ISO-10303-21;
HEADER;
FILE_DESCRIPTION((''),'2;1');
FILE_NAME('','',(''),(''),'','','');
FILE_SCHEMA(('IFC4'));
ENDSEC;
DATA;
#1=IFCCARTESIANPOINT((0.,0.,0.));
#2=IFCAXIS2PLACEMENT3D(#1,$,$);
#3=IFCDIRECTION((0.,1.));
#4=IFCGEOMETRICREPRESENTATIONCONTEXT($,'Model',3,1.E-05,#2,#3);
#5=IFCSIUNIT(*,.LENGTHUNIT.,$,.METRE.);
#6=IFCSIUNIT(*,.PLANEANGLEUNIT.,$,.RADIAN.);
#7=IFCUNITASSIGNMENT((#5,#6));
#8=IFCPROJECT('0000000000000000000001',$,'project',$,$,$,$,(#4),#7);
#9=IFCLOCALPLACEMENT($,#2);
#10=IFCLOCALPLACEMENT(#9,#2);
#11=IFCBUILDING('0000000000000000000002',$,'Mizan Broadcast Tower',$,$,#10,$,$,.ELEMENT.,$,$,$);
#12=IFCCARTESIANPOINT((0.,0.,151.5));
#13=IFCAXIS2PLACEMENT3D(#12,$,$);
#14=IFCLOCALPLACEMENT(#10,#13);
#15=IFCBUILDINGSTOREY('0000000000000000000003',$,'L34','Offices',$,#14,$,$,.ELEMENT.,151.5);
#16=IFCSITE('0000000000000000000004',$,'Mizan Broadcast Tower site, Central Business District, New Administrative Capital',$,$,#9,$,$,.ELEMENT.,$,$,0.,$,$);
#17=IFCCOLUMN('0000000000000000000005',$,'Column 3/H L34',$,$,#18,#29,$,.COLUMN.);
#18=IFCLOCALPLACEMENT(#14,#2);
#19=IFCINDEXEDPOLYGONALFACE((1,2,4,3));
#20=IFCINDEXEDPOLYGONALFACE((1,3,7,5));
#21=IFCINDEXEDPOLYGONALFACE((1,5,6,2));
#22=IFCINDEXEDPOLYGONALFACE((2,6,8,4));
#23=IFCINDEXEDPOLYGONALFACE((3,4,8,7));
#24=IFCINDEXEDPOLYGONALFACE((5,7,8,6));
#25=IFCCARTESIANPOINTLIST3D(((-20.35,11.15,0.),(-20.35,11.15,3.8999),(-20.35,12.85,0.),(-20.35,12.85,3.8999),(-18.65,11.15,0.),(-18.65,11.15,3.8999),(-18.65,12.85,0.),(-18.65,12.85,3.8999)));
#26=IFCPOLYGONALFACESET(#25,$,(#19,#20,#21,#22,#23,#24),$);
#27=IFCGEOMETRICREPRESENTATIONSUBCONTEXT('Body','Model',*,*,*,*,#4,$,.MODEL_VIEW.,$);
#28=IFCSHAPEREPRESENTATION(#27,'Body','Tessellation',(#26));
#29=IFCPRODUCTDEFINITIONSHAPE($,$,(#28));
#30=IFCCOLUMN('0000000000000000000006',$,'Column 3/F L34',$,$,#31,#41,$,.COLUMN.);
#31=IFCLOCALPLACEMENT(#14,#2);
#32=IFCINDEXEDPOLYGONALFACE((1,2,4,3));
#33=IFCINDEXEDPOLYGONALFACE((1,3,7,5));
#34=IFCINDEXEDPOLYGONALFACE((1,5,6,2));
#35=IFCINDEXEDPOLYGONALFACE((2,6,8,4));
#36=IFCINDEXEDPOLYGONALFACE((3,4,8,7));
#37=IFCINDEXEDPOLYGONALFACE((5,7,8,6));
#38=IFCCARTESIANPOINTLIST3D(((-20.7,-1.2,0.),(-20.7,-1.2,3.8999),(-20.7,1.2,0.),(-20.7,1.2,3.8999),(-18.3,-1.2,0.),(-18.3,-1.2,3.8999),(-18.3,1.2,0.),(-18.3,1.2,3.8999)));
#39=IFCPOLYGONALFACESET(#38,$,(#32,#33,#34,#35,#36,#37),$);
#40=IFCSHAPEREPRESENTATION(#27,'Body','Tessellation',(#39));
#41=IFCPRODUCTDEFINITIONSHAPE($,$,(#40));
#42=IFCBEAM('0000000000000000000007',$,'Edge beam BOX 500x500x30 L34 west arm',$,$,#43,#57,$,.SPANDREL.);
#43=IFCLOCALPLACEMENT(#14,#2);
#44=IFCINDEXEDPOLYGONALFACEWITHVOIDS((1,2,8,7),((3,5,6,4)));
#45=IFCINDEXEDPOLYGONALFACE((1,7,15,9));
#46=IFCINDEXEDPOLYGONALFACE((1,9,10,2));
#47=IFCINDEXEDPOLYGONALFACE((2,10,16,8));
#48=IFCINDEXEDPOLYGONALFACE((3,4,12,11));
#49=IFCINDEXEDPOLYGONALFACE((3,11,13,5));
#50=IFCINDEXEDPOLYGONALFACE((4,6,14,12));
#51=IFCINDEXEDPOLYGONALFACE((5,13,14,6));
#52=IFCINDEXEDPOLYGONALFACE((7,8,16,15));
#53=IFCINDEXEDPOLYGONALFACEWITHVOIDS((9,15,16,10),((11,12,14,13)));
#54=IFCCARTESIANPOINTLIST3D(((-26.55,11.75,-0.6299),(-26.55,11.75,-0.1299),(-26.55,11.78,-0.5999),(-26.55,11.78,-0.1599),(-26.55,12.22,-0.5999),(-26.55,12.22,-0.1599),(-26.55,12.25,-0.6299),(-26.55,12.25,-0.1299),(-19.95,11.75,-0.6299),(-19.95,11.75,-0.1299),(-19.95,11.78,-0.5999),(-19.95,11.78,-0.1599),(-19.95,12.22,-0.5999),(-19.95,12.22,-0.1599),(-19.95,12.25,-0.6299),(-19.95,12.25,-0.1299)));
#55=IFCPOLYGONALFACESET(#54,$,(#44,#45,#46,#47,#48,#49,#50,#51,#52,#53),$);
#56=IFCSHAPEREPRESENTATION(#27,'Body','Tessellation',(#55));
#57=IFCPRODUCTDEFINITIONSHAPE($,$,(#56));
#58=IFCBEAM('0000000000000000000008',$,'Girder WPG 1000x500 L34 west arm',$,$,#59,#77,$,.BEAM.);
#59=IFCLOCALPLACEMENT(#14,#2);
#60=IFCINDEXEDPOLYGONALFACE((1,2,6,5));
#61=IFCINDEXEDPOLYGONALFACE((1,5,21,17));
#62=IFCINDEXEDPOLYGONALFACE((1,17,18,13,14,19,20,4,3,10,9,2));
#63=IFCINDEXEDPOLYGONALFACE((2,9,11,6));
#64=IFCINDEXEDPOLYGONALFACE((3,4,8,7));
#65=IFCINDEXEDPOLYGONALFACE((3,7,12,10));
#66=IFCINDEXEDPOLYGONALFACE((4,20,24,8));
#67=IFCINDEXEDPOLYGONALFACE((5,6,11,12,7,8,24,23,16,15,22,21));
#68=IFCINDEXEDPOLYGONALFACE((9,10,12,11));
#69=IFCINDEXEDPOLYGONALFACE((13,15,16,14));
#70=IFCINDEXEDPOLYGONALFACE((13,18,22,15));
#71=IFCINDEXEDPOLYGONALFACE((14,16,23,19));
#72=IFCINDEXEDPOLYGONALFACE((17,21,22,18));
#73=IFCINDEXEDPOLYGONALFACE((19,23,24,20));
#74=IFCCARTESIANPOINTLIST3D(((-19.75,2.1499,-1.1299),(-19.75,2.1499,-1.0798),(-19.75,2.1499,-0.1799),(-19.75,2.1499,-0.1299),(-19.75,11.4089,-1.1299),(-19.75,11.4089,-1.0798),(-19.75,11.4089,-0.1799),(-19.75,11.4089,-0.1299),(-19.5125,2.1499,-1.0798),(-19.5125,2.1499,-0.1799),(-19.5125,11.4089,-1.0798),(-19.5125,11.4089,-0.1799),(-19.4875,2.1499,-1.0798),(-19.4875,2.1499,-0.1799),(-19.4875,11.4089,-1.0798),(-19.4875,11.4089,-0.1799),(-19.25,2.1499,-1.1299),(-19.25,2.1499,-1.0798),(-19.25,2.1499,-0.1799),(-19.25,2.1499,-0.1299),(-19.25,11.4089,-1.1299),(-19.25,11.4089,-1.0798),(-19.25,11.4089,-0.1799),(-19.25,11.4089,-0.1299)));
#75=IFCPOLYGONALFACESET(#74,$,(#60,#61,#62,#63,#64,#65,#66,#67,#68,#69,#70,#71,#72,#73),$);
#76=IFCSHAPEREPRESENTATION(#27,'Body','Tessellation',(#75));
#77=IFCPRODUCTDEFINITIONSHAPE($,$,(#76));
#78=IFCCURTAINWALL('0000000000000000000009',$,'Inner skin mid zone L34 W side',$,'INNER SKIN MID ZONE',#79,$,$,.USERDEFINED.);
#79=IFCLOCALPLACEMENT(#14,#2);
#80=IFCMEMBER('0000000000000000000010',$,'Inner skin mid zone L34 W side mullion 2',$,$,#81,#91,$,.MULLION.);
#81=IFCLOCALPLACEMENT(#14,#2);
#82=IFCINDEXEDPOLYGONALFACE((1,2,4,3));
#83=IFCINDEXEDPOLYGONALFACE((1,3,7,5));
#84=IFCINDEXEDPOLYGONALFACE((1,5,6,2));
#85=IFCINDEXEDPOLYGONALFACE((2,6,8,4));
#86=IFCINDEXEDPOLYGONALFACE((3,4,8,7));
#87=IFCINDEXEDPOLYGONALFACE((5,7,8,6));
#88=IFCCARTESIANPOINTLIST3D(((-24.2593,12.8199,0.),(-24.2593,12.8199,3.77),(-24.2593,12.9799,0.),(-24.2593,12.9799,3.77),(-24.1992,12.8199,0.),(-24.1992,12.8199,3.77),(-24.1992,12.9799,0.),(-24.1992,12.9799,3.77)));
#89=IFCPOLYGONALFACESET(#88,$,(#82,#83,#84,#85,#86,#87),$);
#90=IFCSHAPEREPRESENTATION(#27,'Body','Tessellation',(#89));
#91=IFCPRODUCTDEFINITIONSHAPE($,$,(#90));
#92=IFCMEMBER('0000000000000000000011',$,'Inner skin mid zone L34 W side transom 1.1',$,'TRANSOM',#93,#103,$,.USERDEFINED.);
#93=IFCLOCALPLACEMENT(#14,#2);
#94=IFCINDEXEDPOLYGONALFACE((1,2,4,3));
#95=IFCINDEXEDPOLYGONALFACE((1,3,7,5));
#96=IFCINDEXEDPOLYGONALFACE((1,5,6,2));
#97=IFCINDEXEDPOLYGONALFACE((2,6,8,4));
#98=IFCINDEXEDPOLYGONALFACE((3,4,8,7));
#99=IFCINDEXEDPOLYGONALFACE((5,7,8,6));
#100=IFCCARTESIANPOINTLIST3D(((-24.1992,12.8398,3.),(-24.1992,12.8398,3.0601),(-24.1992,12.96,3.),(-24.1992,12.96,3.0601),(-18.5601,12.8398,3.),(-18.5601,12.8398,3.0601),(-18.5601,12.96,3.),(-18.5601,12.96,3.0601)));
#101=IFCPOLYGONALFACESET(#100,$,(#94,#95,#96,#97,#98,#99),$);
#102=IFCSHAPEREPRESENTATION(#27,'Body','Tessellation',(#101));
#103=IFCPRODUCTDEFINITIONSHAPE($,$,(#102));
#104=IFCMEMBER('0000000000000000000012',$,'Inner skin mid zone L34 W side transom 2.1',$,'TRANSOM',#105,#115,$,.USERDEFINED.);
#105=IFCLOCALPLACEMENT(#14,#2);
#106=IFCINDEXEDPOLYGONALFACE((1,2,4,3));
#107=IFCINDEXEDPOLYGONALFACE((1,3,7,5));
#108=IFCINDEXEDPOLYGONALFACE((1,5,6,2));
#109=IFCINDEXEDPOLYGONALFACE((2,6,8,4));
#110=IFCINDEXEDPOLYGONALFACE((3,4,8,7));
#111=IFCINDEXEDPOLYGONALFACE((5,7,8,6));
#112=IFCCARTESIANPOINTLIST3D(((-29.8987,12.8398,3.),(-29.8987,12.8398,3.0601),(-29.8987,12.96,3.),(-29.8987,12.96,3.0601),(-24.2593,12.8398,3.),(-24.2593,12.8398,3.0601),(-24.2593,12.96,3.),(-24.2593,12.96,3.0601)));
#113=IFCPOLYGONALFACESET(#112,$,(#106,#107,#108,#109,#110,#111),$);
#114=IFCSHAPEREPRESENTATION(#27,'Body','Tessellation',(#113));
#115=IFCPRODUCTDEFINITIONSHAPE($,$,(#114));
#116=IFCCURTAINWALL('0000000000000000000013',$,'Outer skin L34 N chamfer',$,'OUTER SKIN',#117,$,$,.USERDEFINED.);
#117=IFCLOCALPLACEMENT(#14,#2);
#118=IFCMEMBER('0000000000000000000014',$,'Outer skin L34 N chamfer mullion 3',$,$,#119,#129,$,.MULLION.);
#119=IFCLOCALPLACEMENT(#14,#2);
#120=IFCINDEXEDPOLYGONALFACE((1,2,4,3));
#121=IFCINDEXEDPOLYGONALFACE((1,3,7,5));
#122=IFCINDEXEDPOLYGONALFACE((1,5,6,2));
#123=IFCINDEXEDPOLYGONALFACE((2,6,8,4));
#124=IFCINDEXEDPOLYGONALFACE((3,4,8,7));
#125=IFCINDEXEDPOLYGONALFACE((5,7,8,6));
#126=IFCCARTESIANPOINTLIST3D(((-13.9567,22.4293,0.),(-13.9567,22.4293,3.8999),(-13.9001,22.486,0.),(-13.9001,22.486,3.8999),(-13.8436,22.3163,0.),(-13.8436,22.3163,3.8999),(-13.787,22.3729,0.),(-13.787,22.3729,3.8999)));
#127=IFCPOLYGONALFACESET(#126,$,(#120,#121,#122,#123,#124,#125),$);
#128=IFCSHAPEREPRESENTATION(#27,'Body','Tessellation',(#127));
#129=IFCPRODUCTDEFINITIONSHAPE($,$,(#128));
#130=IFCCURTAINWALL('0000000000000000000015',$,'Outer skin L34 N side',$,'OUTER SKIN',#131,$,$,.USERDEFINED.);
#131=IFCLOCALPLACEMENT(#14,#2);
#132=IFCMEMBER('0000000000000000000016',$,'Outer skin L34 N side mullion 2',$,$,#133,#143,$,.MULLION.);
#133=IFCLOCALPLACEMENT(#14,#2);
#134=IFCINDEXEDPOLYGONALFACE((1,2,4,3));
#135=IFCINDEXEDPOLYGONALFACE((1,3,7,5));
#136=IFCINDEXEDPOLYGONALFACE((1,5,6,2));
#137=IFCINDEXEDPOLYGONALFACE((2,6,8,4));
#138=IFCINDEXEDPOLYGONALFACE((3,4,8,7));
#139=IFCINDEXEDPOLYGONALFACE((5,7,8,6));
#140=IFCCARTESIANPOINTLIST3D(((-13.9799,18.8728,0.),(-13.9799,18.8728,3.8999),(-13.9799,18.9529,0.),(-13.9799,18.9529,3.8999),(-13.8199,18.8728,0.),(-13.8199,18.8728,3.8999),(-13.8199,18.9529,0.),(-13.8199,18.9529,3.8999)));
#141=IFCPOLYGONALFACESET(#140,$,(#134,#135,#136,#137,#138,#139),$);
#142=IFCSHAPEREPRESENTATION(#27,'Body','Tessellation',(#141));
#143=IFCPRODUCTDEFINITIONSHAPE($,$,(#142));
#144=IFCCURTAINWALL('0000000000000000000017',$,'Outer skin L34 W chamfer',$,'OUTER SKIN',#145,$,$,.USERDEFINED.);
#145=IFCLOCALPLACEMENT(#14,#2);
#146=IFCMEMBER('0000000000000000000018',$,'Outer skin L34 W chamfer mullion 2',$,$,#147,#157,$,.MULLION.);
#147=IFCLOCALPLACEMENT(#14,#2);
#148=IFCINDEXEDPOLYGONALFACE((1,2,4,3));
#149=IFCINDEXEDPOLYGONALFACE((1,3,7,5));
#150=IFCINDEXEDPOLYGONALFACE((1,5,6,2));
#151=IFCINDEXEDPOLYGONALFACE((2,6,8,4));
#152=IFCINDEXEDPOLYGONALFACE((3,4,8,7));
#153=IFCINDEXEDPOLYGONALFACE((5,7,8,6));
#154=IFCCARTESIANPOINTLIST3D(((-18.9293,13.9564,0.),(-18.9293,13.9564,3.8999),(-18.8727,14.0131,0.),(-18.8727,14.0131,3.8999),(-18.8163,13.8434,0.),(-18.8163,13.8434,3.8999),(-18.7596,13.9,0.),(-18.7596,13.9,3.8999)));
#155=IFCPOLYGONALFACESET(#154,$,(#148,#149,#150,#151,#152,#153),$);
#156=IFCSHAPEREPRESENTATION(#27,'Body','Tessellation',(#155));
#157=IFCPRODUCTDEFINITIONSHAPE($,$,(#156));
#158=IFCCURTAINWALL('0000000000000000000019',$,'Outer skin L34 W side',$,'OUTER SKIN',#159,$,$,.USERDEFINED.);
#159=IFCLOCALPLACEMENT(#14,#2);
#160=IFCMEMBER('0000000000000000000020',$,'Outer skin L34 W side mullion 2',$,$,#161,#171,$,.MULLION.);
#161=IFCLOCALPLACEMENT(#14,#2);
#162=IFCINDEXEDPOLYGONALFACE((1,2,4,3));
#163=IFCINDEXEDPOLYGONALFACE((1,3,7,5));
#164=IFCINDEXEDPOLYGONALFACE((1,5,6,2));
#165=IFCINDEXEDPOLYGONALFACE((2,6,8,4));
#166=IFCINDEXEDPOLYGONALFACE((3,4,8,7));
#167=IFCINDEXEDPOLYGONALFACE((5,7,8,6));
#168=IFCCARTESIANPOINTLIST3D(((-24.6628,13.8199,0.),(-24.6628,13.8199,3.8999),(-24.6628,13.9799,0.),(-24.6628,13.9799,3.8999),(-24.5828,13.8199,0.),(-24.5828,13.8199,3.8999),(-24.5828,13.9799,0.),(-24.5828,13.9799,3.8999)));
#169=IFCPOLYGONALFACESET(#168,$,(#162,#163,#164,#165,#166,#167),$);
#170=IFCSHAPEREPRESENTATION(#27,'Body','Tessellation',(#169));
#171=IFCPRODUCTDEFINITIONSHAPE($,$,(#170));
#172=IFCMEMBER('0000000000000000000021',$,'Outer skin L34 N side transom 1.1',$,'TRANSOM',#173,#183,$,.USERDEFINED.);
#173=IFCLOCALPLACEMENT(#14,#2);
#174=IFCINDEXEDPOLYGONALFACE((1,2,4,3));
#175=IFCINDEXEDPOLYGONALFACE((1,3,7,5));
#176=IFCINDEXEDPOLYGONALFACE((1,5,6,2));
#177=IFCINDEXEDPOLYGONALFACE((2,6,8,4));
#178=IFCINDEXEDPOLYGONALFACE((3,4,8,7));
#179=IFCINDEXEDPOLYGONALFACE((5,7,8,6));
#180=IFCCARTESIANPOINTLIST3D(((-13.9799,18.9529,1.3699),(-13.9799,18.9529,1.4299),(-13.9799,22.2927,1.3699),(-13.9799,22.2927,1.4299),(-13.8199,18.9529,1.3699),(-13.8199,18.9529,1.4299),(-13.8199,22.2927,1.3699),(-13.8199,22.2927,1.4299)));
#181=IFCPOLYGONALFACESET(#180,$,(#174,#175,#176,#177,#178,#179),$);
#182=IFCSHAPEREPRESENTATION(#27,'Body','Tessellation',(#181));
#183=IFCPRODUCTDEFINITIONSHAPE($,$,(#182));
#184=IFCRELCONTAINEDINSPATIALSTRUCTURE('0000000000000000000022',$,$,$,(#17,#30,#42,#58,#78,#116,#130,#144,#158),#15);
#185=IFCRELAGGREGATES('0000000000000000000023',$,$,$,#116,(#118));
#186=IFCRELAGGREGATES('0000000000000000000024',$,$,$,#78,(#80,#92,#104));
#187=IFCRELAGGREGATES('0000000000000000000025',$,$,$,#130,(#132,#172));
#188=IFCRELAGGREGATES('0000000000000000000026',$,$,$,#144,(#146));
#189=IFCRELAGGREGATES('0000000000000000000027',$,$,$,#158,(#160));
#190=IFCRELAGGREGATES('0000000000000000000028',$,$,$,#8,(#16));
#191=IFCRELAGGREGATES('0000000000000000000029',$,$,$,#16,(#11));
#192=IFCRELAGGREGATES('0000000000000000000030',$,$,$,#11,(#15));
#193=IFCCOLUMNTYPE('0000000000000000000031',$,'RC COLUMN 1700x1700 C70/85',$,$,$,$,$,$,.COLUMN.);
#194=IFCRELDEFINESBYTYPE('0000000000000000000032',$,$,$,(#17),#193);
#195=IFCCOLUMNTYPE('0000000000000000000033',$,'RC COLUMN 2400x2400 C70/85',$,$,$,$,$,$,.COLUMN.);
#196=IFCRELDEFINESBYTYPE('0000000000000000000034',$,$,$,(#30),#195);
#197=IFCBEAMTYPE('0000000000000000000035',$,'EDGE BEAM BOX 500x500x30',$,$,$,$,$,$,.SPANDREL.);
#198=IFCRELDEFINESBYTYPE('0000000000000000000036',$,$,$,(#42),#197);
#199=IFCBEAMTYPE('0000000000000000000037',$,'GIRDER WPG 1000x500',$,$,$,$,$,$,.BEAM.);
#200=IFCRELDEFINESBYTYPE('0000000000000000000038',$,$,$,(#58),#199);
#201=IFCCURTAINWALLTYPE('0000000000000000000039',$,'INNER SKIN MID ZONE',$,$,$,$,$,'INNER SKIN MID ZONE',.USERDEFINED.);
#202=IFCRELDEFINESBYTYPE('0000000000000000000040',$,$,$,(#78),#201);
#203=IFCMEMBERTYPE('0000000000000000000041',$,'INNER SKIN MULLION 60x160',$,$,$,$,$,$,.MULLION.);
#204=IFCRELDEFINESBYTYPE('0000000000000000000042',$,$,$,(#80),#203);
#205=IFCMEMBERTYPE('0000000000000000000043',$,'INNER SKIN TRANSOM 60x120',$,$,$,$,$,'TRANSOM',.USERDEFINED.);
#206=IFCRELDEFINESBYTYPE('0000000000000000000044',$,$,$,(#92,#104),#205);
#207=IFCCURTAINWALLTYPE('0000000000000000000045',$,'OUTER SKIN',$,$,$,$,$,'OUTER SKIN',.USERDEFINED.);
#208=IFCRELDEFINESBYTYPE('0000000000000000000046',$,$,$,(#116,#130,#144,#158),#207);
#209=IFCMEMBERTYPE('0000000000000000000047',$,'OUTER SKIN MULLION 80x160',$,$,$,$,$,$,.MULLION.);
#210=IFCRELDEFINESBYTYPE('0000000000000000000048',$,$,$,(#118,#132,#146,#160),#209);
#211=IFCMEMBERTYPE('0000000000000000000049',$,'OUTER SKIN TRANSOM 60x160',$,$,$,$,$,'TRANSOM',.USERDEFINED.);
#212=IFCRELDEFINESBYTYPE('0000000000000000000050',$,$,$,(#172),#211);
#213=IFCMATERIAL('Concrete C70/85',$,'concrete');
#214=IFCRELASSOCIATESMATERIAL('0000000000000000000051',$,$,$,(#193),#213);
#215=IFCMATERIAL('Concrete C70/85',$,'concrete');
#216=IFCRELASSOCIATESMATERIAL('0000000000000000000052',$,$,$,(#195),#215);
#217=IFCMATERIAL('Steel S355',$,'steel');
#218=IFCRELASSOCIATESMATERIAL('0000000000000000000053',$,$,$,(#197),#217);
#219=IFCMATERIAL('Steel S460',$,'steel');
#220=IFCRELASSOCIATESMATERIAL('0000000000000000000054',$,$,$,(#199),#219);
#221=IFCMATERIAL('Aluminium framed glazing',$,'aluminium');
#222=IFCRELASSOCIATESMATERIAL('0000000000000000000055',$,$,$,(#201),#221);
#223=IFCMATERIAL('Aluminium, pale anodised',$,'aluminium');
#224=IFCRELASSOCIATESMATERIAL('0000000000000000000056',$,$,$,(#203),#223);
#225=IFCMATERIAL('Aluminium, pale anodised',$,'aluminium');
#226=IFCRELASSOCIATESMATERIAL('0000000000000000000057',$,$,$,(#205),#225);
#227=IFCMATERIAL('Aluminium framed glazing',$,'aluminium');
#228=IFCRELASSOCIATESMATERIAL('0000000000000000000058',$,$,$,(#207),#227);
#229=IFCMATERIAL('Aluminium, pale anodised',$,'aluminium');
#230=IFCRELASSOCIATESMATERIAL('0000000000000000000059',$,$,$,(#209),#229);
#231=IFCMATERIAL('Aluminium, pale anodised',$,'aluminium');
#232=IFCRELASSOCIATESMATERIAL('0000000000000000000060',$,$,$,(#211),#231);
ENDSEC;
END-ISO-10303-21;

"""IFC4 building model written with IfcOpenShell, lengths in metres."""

from ifc_helpers import new_model, si_unit, direction, frame, origin, origin_2d, place, context, subcontext, project, spatial, rectangle, hollow_rectangle, i_section, extrude, material, material_profile, profile_set, type_object, element, aggregate, save


model = new_model("IFC4")

# Units and contexts
model_context = context("Model", 3, precision=1e-05, world=origin(), true_north=direction((0.0, 1.0)))
body_context = subcontext(model_context, "Body", "Model", "MODEL_VIEW")
ifc_project = project(units=[si_unit("LENGTHUNIT", "METRE"), si_unit("PLANEANGLEUNIT", "RADIAN")], contexts=[model_context])

# Site, building, storey
site_placement = place(None, origin())
site = spatial("IfcSite", under=ifc_project, at=site_placement, Name="Mizan Broadcast Tower site, Central Business District, New Administrative Capital", CompositionType="ELEMENT", RefElevation=0.0)
building_placement = place(site_placement, origin())
building = spatial("IfcBuilding", under=site, at=building_placement, Name="Mizan Broadcast Tower", CompositionType="ELEMENT")
storey_placement = place(building_placement, frame((0.0, 0.0, 151.5)))
storey = spatial("IfcBuildingStorey", under=building, at=storey_placement, Name="L34", Description="Offices", CompositionType="ELEMENT", Elevation=151.5)

# Columns
ifc_material_1 = material(Name="Concrete C70/85", Category="concrete")
ifc_material_profile_1 = material_profile(ifc_material_1, rectangle(XDim=1.7, YDim=1.7, at=origin_2d()), Name="RC 1700x1700")
ifc_profile_set_1 = profile_set([ifc_material_profile_1], Name="Concrete C70/85")
column_type_1 = type_object("IfcColumnType", Name="RC COLUMN 1700x1700 C70/85", PredefinedType="COLUMN", material=ifc_profile_set_1)
column_1_placement = place(storey_placement, frame((-19.5, 12.0, 0.0), z_axis=(0.0, 0.0, 1.0), x_axis=(1.0, 0.0, 0.0)))
element("IfcColumn", 1, at=column_1_placement, inside=storey, type_object=column_type_1, Name="Column 3/H L34", PredefinedType="COLUMN", context=body_context, shape_type="SweptSolid", body=[
    extrude(rectangle(XDim=1.7, YDim=1.7, at=origin_2d()), origin(), (0.0, 0.0, 1.0), 3.8999),
])
ifc_material_2 = material(Name="Concrete C70/85", Category="concrete")
ifc_material_profile_2 = material_profile(ifc_material_2, rectangle(XDim=2.3999, YDim=2.3999, at=origin_2d()), Name="RC 2400x2400")
ifc_profile_set_2 = profile_set([ifc_material_profile_2], Name="Concrete C70/85")
column_type_2 = type_object("IfcColumnType", Name="RC COLUMN 2400x2400 C70/85", PredefinedType="COLUMN", material=ifc_profile_set_2)
column_2_placement = place(storey_placement, frame((-19.5, 0.0, 0.0), z_axis=(0.0, 0.0, 1.0), x_axis=(1.0, 0.0, 0.0)))
element("IfcColumn", 2, at=column_2_placement, inside=storey, type_object=column_type_2, Name="Column 3/F L34", PredefinedType="COLUMN", context=body_context, shape_type="SweptSolid", body=[
    extrude(rectangle(XDim=2.3999, YDim=2.3999, at=origin_2d()), origin(), (0.0, 0.0, 1.0), 3.8999),
])

# Beams
ifc_material_3 = material(Name="Steel S355", Category="steel")
ifc_material_profile_3 = material_profile(ifc_material_3, hollow_rectangle(XDim=0.5, YDim=0.5, WallThickness=0.03, at=origin_2d()), Name="BOX 500x500x30")
ifc_profile_set_3 = profile_set([ifc_material_profile_3], Name="Steel S355")
beam_type_1 = type_object("IfcBeamType", Name="EDGE BEAM BOX 500x500x30", PredefinedType="SPANDREL", material=ifc_profile_set_3)
beam_1_placement = place(storey_placement, frame((-19.95, 12.0, -0.3799), z_axis=(-1.0, 0.0, 0.0), x_axis=(0.0, -1.0, 0.0)))
element("IfcBeam", 3, at=beam_1_placement, inside=storey, type_object=beam_type_1, Name="Edge beam BOX 500x500x30 L34 west arm", PredefinedType="SPANDREL", context=body_context, shape_type="SweptSolid", body=[
    extrude(hollow_rectangle(XDim=0.5, YDim=0.5, WallThickness=0.03, at=origin_2d()), origin(), (0.0, 0.0, 1.0), 6.6001),
])
ifc_material_4 = material(Name="Steel S460", Category="steel")
ifc_material_profile_4 = material_profile(ifc_material_4, i_section(OverallWidth=0.5, OverallDepth=1.0, WebThickness=0.0249, FlangeThickness=0.05, at=origin_2d()), Name="WPG 1000x500")
ifc_profile_set_4 = profile_set([ifc_material_profile_4], Name="Steel S460")
beam_type_2 = type_object("IfcBeamType", Name="GIRDER WPG 1000x500", PredefinedType="BEAM", material=ifc_profile_set_4)
beam_2_placement = place(storey_placement, frame((-19.5, 11.4089, -0.6299), z_axis=(0.0, -1.0, 0.0), x_axis=(1.0, 0.0, 0.0)))
element("IfcBeam", 4, at=beam_2_placement, inside=storey, type_object=beam_type_2, Name="Girder WPG 1000x500 L34 west arm", PredefinedType="BEAM", context=body_context, shape_type="SweptSolid", body=[
    extrude(i_section(OverallWidth=0.5, OverallDepth=1.0, WebThickness=0.0249, FlangeThickness=0.05, at=origin_2d()), origin(), (0.0, 0.0, 1.0), 9.259),
])

# Curtain wall, members
ifc_material_5 = material(Name="Aluminium framed glazing", Category="aluminium")
curtain_wall_type_1 = type_object("IfcCurtainWallType", Name="INNER SKIN MID ZONE", ElementType="INNER SKIN MID ZONE", PredefinedType="USERDEFINED", material=ifc_material_5)
curtain_wall_1_placement = place(storey_placement, origin())
curtain_wall_1 = element("IfcCurtainWall", 5, at=curtain_wall_1_placement, inside=storey, type_object=curtain_wall_type_1, Name="Inner skin mid zone L34 W side", ObjectType="INNER SKIN MID ZONE", PredefinedType="USERDEFINED")
ifc_material_6 = material(Name="Aluminium, pale anodised", Category="aluminium")
ifc_material_profile_5 = material_profile(ifc_material_6, rectangle(XDim=0.1599, YDim=0.0601, at=origin_2d()), Name="MULLION 160x60")
ifc_profile_set_5 = profile_set([ifc_material_profile_5], Name="Aluminium, pale anodised")
member_type_1 = type_object("IfcMemberType", Name="INNER SKIN MULLION 60x160", PredefinedType="MULLION", material=ifc_profile_set_5)
member_1_placement = place(storey_placement, frame((-24.2292, 12.8999, 0.0), z_axis=(0.0, 0.0, 1.0), x_axis=(0.0, -1.0, 0.0)))
member_1 = element("IfcMember", 6, at=member_1_placement, type_object=member_type_1, Name="Inner skin mid zone L34 W side mullion 2", PredefinedType="MULLION", context=body_context, shape_type="SweptSolid", body=[
    extrude(rectangle(XDim=0.1599, YDim=0.0601, at=origin_2d()), origin(), (0.0, 0.0, 1.0), 3.77),
])
ifc_material_7 = material(Name="Aluminium, pale anodised", Category="aluminium")
ifc_material_profile_6 = material_profile(ifc_material_7, rectangle(XDim=0.1201, YDim=0.0601, at=origin_2d()), Name="TRANSOM 120x60")
ifc_profile_set_6 = profile_set([ifc_material_profile_6], Name="Aluminium, pale anodised")
member_type_2 = type_object("IfcMemberType", Name="INNER SKIN TRANSOM 60x120", ElementType="TRANSOM", PredefinedType="USERDEFINED", material=ifc_profile_set_6)
member_2_placement = place(storey_placement, frame((-18.5601, 12.8999, 3.03), z_axis=(-1.0, 0.0, 0.0), x_axis=(0.0, -1.0, 0.0)))
member_2 = element("IfcMember", 7, at=member_2_placement, type_object=member_type_2, Name="Inner skin mid zone L34 W side transom 1.1", ObjectType="TRANSOM", PredefinedType="USERDEFINED", context=body_context, shape_type="SweptSolid", body=[
    extrude(rectangle(XDim=0.1201, YDim=0.0601, at=origin_2d()), origin(), (0.0, 0.0, 1.0), 5.6392),
])
member_3_placement = place(storey_placement, frame((-24.2593, 12.8999, 3.03), z_axis=(-1.0, 0.0, 0.0), x_axis=(0.0, -1.0, 0.0)))
member_3 = element("IfcMember", 8, at=member_3_placement, type_object=member_type_2, Name="Inner skin mid zone L34 W side transom 2.1", ObjectType="TRANSOM", PredefinedType="USERDEFINED", context=body_context, shape_type="SweptSolid", body=[
    extrude(rectangle(XDim=0.1201, YDim=0.0601, at=origin_2d()), origin(), (0.0, 0.0, 1.0), 5.6394),
])

# Curtain walls, members
ifc_material_8 = material(Name="Aluminium framed glazing", Category="aluminium")
curtain_wall_type_2 = type_object("IfcCurtainWallType", Name="OUTER SKIN", ElementType="OUTER SKIN", PredefinedType="USERDEFINED", material=ifc_material_8)
curtain_wall_2_placement = place(storey_placement, origin())
curtain_wall_2 = element("IfcCurtainWall", 9, at=curtain_wall_2_placement, inside=storey, type_object=curtain_wall_type_2, Name="Outer skin L34 N chamfer", ObjectType="OUTER SKIN", PredefinedType="USERDEFINED")
ifc_material_9 = material(Name="Aluminium, pale anodised", Category="aluminium")
ifc_material_profile_7 = material_profile(ifc_material_9, rectangle(XDim=0.1599, YDim=0.0801, at=origin_2d()), Name="MULLION 160x80")
ifc_profile_set_7 = profile_set([ifc_material_profile_7], Name="Aluminium, pale anodised")
member_type_3 = type_object("IfcMemberType", Name="OUTER SKIN MULLION 80x160", PredefinedType="MULLION", material=ifc_profile_set_7)
member_4_placement = place(storey_placement, frame((-13.8718, 22.4011, 0.0), z_axis=(0.0, 0.0, 1.0), x_axis=(0.707107, -0.707107, 0.0)))
member_4 = element("IfcMember", 10, at=member_4_placement, type_object=member_type_3, Name="Outer skin L34 N chamfer mullion 3", PredefinedType="MULLION", context=body_context, shape_type="SweptSolid", body=[
    extrude(rectangle(XDim=0.1599, YDim=0.0801, at=origin_2d()), origin(), (0.0, 0.0, 1.0), 3.8999),
])
aggregate(curtain_wall_2, [member_4])
curtain_wall_3_placement = place(storey_placement, origin())
curtain_wall_3 = element("IfcCurtainWall", 11, at=curtain_wall_3_placement, inside=storey, type_object=curtain_wall_type_2, Name="Outer skin L34 N side", ObjectType="OUTER SKIN", PredefinedType="USERDEFINED")
member_5_placement = place(storey_placement, frame((-13.8999, 18.9128, 0.0), z_axis=(0.0, 0.0, 1.0), x_axis=(1.0, 0.0, 0.0)))
member_5 = element("IfcMember", 12, at=member_5_placement, type_object=member_type_3, Name="Outer skin L34 N side mullion 2", PredefinedType="MULLION", context=body_context, shape_type="SweptSolid", body=[
    extrude(rectangle(XDim=0.1599, YDim=0.0801, at=origin_2d()), origin(), (0.0, 0.0, 1.0), 3.8999),
])
curtain_wall_4_placement = place(storey_placement, origin())
curtain_wall_4 = element("IfcCurtainWall", 13, at=curtain_wall_4_placement, inside=storey, type_object=curtain_wall_type_2, Name="Outer skin L34 W chamfer", ObjectType="OUTER SKIN", PredefinedType="USERDEFINED")
member_6_placement = place(storey_placement, frame((-18.8445, 13.9282, 0.0), z_axis=(0.0, 0.0, 1.0), x_axis=(0.707107, -0.707107, 0.0)))
member_6 = element("IfcMember", 14, at=member_6_placement, type_object=member_type_3, Name="Outer skin L34 W chamfer mullion 2", PredefinedType="MULLION", context=body_context, shape_type="SweptSolid", body=[
    extrude(rectangle(XDim=0.1599, YDim=0.0801, at=origin_2d()), origin(), (0.0, 0.0, 1.0), 3.8999),
])
curtain_wall_5_placement = place(storey_placement, origin())
curtain_wall_5 = element("IfcCurtainWall", 15, at=curtain_wall_5_placement, inside=storey, type_object=curtain_wall_type_2, Name="Outer skin L34 W side", ObjectType="OUTER SKIN", PredefinedType="USERDEFINED")
member_7_placement = place(storey_placement, frame((-24.6228, 13.8999, 0.0), z_axis=(0.0, 0.0, 1.0), x_axis=(0.0, -1.0, 0.0)))
member_7 = element("IfcMember", 16, at=member_7_placement, type_object=member_type_3, Name="Outer skin L34 W side mullion 2", PredefinedType="MULLION", context=body_context, shape_type="SweptSolid", body=[
    extrude(rectangle(XDim=0.1599, YDim=0.0801, at=origin_2d()), origin(), (0.0, 0.0, 1.0), 3.8999),
])

# Member
ifc_material_10 = material(Name="Aluminium, pale anodised", Category="aluminium")
ifc_material_profile_8 = material_profile(ifc_material_10, rectangle(XDim=0.1599, YDim=0.0601, at=origin_2d()), Name="TRANSOM 160x60")
ifc_profile_set_8 = profile_set([ifc_material_profile_8], Name="Aluminium, pale anodised")
member_type_4 = type_object("IfcMemberType", Name="OUTER SKIN TRANSOM 60x160", ElementType="TRANSOM", PredefinedType="USERDEFINED", material=ifc_profile_set_8)
member_8_placement = place(storey_placement, frame((-13.8999, 22.2927, 1.3999), z_axis=(0.0, -1.0, 0.0), x_axis=(1.0, 0.0, 0.0)))
member_8 = element("IfcMember", 17, at=member_8_placement, type_object=member_type_4, Name="Outer skin L34 N side transom 1.1", ObjectType="TRANSOM", PredefinedType="USERDEFINED", context=body_context, shape_type="SweptSolid", body=[
    extrude(rectangle(XDim=0.1599, YDim=0.0601, at=origin_2d()), origin(), (0.0, 0.0, 1.0), 3.3398),
])

aggregate(curtain_wall_1, [member_1, member_2, member_3])
aggregate(curtain_wall_3, [member_5, member_8])
aggregate(curtain_wall_4, [member_6])
aggregate(curtain_wall_5, [member_7])

save(model, "model.ifc")
